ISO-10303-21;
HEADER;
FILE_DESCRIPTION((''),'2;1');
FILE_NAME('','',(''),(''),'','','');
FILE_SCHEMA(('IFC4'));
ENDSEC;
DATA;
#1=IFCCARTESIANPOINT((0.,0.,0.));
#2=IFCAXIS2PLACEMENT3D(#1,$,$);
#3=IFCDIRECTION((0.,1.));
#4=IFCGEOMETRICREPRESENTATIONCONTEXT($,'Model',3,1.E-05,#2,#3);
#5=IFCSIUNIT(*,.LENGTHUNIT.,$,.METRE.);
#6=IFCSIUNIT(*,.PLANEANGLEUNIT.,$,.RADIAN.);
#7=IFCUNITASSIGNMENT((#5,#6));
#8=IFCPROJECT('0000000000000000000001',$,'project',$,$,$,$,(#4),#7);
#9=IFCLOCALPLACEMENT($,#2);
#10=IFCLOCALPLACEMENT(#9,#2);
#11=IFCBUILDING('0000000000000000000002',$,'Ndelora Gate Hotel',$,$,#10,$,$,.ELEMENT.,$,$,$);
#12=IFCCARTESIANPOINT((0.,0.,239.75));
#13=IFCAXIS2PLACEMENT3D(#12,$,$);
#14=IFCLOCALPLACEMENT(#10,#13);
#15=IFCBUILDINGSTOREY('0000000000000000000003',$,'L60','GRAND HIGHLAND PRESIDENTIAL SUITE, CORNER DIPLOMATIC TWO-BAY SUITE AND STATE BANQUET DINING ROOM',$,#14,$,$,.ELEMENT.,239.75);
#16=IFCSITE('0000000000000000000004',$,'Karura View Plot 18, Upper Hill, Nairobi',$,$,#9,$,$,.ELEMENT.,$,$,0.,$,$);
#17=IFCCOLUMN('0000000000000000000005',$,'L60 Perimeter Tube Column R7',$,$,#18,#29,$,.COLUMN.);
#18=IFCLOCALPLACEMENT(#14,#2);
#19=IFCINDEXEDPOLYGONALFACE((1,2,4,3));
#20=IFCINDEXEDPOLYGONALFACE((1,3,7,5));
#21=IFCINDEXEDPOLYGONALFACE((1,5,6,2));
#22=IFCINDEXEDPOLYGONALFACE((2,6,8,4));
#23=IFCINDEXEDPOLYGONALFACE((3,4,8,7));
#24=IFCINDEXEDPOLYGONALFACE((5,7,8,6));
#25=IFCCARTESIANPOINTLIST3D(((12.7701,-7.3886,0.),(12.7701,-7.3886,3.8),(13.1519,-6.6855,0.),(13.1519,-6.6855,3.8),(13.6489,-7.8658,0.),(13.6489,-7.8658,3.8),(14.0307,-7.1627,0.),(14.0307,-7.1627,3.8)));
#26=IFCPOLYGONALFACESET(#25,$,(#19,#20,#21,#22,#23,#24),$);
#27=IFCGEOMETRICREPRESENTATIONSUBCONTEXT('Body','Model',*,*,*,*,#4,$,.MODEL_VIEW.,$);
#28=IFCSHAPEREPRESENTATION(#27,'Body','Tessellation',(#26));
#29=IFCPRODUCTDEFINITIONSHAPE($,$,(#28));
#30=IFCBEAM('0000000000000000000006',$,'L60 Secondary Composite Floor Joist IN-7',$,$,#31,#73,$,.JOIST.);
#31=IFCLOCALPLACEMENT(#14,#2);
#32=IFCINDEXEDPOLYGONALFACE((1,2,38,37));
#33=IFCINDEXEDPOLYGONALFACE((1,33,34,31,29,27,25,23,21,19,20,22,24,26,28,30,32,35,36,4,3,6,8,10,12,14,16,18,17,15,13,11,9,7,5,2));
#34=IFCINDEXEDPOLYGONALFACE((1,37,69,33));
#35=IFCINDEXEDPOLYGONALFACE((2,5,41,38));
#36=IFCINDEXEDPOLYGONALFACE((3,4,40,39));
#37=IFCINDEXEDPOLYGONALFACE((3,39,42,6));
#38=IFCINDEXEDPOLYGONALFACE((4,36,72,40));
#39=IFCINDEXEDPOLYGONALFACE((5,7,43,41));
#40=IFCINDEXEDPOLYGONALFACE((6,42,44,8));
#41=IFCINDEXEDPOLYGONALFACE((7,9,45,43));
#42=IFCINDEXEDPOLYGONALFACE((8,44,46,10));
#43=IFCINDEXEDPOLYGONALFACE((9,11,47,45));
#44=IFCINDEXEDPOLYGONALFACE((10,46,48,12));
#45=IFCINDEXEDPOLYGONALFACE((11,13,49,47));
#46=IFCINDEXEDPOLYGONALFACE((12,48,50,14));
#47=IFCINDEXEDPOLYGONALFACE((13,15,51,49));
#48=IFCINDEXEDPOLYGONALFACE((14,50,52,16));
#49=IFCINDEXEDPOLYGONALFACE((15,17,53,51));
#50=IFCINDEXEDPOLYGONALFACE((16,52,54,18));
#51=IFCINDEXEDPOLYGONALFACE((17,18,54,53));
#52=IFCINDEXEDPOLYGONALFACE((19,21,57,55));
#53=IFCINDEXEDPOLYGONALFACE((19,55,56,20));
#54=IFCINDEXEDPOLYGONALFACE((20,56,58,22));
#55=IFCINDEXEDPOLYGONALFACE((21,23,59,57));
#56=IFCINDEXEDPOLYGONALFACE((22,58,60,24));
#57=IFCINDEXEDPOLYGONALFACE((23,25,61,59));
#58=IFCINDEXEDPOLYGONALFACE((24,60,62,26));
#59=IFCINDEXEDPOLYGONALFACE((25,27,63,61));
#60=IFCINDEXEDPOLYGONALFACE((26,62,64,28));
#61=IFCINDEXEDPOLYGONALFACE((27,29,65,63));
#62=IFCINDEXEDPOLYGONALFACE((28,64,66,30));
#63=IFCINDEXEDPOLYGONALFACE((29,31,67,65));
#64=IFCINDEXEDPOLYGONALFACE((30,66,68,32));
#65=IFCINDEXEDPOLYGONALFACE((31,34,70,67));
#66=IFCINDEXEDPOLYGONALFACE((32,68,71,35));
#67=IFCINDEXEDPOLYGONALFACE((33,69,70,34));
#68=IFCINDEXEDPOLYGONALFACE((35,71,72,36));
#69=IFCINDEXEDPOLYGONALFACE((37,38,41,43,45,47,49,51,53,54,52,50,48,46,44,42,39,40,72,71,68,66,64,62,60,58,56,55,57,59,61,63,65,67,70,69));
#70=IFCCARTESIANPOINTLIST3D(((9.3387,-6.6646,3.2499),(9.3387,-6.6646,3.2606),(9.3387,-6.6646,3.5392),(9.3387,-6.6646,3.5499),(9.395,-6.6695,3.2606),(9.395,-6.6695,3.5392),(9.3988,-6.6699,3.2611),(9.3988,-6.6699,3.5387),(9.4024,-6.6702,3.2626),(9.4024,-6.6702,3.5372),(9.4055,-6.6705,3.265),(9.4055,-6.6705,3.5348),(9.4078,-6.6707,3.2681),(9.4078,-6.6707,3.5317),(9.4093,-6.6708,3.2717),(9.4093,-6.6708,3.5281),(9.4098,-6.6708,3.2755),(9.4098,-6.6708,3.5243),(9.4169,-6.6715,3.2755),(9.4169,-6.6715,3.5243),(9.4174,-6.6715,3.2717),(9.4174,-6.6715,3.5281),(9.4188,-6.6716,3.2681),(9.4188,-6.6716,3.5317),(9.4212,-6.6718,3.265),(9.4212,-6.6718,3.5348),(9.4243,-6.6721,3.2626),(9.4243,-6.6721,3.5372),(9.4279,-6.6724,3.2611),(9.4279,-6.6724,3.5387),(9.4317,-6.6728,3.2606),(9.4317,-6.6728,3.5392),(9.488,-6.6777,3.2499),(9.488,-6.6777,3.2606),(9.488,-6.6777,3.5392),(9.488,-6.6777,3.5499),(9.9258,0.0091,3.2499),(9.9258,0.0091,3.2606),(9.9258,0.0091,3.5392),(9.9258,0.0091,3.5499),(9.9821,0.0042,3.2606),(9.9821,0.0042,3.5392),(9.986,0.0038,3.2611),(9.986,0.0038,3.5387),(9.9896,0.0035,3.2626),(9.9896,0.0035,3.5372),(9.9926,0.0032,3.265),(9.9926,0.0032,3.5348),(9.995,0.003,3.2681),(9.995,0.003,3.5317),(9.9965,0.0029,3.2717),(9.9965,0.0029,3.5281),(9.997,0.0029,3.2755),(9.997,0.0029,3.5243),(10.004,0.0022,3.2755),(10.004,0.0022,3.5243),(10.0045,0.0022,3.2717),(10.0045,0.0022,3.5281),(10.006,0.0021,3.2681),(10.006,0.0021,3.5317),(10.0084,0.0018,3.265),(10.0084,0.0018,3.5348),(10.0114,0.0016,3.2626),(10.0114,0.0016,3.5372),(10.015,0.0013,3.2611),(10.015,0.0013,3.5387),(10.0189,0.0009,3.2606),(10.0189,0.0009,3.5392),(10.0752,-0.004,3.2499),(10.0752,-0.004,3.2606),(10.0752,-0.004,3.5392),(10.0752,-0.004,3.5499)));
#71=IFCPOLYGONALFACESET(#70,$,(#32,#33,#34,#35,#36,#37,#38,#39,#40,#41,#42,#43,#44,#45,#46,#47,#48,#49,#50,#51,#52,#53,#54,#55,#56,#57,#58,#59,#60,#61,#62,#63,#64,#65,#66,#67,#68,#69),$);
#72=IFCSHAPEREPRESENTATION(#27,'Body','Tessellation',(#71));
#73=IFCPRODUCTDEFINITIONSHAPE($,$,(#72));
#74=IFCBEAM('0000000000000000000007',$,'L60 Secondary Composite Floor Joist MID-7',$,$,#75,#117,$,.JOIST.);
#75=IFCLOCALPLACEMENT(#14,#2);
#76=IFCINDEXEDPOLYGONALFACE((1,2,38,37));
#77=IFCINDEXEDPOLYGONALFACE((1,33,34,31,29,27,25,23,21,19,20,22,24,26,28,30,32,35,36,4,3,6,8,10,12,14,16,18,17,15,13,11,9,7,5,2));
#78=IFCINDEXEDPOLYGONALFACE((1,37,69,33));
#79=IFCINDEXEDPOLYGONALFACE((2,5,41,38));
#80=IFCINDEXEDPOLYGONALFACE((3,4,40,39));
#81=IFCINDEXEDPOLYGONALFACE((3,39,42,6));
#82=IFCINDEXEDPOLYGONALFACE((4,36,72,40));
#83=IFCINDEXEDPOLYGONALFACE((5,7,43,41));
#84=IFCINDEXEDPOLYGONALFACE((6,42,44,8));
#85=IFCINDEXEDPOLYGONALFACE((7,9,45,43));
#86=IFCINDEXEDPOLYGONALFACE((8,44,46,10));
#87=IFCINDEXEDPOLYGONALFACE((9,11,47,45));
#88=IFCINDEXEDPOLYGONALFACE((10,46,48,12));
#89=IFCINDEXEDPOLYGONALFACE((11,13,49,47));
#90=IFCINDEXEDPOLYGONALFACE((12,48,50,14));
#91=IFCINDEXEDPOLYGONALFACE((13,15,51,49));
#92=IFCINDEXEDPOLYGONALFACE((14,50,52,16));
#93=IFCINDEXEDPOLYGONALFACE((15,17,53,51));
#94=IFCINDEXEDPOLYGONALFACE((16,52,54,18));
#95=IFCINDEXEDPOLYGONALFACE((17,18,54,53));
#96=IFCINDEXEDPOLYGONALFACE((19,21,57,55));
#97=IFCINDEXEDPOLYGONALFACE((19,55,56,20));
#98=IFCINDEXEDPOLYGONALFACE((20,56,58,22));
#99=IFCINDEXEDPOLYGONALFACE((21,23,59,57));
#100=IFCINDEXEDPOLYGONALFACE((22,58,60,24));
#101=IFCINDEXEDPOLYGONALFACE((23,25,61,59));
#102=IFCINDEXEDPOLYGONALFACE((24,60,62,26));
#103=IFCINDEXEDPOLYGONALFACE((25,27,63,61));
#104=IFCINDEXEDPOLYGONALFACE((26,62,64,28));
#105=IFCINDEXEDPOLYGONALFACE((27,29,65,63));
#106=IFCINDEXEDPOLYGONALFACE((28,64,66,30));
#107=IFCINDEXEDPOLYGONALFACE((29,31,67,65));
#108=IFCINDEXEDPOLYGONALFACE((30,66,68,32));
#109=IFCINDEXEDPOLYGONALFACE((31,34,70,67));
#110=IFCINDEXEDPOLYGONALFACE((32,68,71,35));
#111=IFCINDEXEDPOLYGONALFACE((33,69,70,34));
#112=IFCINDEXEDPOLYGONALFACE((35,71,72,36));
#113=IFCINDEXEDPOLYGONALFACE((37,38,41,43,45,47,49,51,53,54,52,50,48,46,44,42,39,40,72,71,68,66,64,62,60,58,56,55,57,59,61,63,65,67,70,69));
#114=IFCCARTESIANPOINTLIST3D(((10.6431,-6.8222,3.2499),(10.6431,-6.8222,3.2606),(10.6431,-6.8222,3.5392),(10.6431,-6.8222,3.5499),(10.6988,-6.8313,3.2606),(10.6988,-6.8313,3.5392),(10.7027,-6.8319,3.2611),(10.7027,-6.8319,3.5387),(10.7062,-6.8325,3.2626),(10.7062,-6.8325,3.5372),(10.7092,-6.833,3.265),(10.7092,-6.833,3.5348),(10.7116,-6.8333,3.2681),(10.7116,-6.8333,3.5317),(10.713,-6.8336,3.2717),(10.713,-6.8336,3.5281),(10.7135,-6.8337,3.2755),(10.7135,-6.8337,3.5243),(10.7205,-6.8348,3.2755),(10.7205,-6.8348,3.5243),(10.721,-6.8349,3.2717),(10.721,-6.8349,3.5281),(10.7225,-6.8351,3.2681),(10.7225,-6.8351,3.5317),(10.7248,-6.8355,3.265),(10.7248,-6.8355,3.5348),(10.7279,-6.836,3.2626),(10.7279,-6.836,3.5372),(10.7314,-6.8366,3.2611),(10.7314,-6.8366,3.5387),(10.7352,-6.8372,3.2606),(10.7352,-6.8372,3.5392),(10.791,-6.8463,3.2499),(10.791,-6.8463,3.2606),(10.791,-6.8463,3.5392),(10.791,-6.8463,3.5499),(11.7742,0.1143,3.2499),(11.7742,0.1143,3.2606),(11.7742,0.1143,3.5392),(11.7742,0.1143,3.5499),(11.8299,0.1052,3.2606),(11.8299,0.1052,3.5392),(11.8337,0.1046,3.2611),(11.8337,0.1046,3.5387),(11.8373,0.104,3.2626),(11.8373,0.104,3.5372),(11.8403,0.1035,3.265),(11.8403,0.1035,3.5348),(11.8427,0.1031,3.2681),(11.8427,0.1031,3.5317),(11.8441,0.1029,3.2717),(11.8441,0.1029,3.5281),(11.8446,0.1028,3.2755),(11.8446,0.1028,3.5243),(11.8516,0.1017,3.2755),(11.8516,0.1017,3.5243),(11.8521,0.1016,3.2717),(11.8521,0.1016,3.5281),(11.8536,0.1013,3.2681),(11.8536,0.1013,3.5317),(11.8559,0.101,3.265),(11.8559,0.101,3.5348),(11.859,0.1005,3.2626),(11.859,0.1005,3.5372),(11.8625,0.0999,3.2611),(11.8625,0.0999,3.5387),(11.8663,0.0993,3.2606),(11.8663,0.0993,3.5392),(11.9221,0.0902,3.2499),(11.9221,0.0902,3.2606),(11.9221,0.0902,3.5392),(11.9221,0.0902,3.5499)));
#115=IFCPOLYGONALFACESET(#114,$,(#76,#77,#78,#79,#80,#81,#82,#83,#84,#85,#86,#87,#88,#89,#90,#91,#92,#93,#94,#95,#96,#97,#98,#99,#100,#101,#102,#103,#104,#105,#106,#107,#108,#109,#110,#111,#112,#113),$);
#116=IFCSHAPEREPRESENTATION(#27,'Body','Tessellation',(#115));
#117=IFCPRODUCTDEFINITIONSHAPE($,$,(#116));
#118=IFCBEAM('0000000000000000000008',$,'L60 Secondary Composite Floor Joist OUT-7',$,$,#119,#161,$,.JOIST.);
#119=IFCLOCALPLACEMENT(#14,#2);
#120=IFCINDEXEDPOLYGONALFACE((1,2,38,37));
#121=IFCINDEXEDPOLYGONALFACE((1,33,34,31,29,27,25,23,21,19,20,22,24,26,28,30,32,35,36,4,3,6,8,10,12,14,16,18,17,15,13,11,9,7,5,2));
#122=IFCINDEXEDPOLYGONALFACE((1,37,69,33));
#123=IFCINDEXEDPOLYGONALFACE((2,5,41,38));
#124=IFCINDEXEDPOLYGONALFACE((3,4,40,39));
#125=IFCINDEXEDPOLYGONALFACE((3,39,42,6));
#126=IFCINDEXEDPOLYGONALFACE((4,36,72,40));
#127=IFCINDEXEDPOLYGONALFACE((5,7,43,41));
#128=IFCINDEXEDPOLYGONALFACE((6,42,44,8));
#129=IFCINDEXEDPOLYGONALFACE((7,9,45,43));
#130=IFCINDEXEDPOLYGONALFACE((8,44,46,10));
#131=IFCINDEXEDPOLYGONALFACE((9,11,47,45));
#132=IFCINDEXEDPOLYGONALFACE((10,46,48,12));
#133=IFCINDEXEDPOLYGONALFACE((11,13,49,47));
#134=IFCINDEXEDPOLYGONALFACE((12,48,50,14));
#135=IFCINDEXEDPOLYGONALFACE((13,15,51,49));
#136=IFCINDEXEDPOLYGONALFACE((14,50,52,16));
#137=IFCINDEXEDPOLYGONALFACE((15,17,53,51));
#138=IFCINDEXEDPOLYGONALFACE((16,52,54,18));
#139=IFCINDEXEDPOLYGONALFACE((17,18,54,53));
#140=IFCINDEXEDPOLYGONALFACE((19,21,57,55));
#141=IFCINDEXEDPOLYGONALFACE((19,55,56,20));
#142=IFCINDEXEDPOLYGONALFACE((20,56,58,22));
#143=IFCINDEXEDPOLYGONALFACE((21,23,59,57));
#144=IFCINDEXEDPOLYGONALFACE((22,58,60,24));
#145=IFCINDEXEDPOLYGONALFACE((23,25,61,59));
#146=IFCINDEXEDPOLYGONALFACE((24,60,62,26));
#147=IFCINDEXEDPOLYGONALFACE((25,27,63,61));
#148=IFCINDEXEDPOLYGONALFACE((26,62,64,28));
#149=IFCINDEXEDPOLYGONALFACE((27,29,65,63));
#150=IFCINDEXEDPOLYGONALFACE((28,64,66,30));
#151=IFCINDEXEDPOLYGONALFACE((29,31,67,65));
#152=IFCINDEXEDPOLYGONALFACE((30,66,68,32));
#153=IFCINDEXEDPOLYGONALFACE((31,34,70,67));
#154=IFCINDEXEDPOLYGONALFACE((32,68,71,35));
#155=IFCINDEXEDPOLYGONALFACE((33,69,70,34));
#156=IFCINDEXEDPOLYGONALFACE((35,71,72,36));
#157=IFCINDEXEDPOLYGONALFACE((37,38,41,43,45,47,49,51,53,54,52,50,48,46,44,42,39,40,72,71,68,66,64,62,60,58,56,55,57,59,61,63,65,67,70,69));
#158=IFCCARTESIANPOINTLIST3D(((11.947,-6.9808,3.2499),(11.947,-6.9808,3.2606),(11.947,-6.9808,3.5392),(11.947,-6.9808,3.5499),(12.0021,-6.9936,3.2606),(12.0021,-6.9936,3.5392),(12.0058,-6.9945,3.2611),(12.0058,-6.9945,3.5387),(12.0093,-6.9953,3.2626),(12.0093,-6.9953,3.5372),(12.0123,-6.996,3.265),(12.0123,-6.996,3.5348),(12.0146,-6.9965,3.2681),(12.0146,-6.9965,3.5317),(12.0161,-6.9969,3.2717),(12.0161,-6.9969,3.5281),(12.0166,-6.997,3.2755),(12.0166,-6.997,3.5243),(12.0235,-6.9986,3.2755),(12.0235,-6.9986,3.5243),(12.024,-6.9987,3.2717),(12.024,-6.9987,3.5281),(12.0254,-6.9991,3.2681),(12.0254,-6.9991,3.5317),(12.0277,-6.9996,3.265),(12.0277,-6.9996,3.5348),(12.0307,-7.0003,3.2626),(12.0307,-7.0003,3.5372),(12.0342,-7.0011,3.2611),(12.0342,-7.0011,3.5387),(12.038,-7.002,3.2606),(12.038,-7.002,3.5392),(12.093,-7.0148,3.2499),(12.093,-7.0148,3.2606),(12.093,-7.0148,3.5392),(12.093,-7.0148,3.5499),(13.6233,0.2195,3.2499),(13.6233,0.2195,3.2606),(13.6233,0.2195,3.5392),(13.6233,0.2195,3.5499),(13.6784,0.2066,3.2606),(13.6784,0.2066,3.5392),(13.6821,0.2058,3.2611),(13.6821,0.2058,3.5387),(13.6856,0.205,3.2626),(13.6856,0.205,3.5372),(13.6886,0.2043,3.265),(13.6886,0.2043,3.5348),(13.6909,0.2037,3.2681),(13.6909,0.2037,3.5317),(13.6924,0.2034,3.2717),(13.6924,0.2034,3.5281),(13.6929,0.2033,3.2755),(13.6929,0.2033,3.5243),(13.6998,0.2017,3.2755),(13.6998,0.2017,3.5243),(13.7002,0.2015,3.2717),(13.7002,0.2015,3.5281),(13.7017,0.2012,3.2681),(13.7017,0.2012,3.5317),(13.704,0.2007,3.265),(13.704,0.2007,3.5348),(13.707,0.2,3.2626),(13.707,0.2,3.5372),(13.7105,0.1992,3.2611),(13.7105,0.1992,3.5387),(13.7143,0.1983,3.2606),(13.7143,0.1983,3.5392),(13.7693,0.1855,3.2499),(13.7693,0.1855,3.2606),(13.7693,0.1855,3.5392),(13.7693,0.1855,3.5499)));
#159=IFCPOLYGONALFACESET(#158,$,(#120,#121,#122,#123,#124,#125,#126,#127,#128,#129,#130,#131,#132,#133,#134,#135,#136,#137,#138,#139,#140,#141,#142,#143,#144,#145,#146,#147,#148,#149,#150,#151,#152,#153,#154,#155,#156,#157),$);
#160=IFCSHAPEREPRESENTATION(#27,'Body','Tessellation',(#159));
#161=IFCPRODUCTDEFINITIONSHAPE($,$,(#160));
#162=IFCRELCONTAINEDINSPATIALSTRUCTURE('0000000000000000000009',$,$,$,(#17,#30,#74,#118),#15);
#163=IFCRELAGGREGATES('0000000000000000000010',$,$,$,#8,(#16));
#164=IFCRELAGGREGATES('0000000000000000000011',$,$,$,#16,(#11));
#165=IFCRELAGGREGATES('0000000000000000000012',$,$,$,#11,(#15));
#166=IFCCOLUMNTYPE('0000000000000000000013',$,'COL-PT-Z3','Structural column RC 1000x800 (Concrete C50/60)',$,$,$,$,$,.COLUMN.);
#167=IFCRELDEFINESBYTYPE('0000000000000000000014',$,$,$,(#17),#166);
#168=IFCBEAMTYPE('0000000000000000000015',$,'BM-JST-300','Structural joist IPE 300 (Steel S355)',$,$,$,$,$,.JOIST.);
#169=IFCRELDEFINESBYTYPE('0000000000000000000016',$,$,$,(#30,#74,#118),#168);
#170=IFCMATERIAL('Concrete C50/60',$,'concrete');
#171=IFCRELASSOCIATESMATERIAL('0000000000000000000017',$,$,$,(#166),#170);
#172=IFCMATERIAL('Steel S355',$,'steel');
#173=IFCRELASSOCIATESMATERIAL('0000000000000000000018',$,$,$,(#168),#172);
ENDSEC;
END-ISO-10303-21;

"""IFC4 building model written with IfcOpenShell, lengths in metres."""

from ifc_helpers import new_model, si_unit, direction, frame, origin, origin_2d, place, context, subcontext, project, spatial, rectangle, i_section, extrude, material, material_profile, profile_set, type_object, element, save


model = new_model("IFC4")

# Units and contexts
model_context = context("Model", 3, precision=1e-05, world=origin(), true_north=direction((0.0, 1.0)))
body_context = subcontext(model_context, "Body", "Model", "MODEL_VIEW")
ifc_project = project(units=[si_unit("LENGTHUNIT", "METRE"), si_unit("PLANEANGLEUNIT", "RADIAN")], contexts=[model_context])

# Site, building, storey
site_placement = place(None, origin())
site = spatial("IfcSite", under=ifc_project, at=site_placement, Name="Karura View Plot 18, Upper Hill, Nairobi", CompositionType="ELEMENT", RefElevation=0.0)
building_placement = place(site_placement, origin())
building = spatial("IfcBuilding", under=site, at=building_placement, Name="Ndelora Gate Hotel", CompositionType="ELEMENT")
storey_placement = place(building_placement, frame((0.0, 0.0, 239.75)))
storey = spatial("IfcBuildingStorey", under=building, at=storey_placement, Name="L60", Description="GRAND HIGHLAND PRESIDENTIAL SUITE, CORNER DIPLOMATIC TWO-BAY SUITE AND STATE BANQUET DINING ROOM", CompositionType="ELEMENT", Elevation=239.75)

# Column
ifc_material_1 = material(Name="Concrete C50/60", Category="concrete")
ifc_material_profile_1 = material_profile(ifc_material_1, rectangle(XDim=0.8, YDim=1.0, at=origin_2d()), Name="RC 1000x800")
ifc_profile_set_1 = profile_set([ifc_material_profile_1], Name="Concrete C50/60")
column_type = type_object("IfcColumnType", Name="COL-PT-Z3", Description="Structural column RC 1000x800 (Concrete C50/60)", PredefinedType="COLUMN", material=ifc_profile_set_1)
column_placement = place(storey_placement, frame((13.4004, -7.2756, 0.0), z_axis=(0.0, 0.0, 1.0), x_axis=(0.477159, 0.878817, 0.0)))
element("IfcColumn", 1, at=column_placement, inside=storey, type_object=column_type, Name="L60 Perimeter Tube Column R7", PredefinedType="COLUMN", context=body_context, shape_type="SweptSolid", body=[
    extrude(rectangle(XDim=0.8, YDim=1.0, at=origin_2d()), origin(), (0.0, 0.0, 1.0), 3.8),
])

# Beams
ifc_material_2 = material(Name="Steel S355", Category="steel")
ifc_material_profile_2 = material_profile(ifc_material_2, i_section(OverallWidth=0.1499, OverallDepth=0.3, WebThickness=0.0071, FlangeThickness=0.0107, FilletRadius=0.0149, at=origin_2d()), Name="IPE 300")
ifc_profile_set_2 = profile_set([ifc_material_profile_2], Name="Steel S355")
beam_type_1 = type_object("IfcBeamType", Name="BM-JST-300", Description="Structural joist IPE 300 (Steel S355)", PredefinedType="JOIST", material=ifc_profile_set_2)
beam_1_placement = place(storey_placement, frame((9.4133, -6.6711, 3.3999), z_axis=(0.087644, 0.996152, 0.0), x_axis=(-0.996152, 0.087644, 0.0)))
element("IfcBeam", 2, at=beam_1_placement, inside=storey, type_object=beam_type_1, Name="L60 Secondary Composite Floor Joist IN-7", PredefinedType="JOIST", context=body_context, shape_type="SweptSolid", body=[
    extrude(i_section(OverallWidth=0.1499, OverallDepth=0.3, WebThickness=0.0071, FlangeThickness=0.0107, FilletRadius=0.0149, at=origin_2d()), origin(), (0.0, 0.0, 1.0), 6.6995),
])
beam_2_placement = place(storey_placement, frame((10.717, -6.8342, 3.3999), z_axis=(0.160939, 0.986964, 0.0), x_axis=(-0.986964, 0.160939, 0.0)))
element("IfcBeam", 3, at=beam_2_placement, inside=storey, type_object=beam_type_1, Name="L60 Secondary Composite Floor Joist MID-7", PredefinedType="JOIST", context=body_context, shape_type="SweptSolid", body=[
    extrude(i_section(OverallWidth=0.1499, OverallDepth=0.3, WebThickness=0.0071, FlangeThickness=0.0107, FilletRadius=0.0149, at=origin_2d()), origin(), (0.0, 0.0, 1.0), 7.0281),
])
beam_3_placement = place(storey_placement, frame((12.02, -6.9978, 3.3999), z_axis=(0.226745, 0.973954, 0.0), x_axis=(-0.973954, 0.226745, 0.0)))
element("IfcBeam", 4, at=beam_3_placement, inside=storey, type_object=beam_type_1, Name="L60 Secondary Composite Floor Joist OUT-7", PredefinedType="JOIST", context=body_context, shape_type="SweptSolid", body=[
    extrude(i_section(OverallWidth=0.1499, OverallDepth=0.3, WebThickness=0.0071, FlangeThickness=0.0107, FilletRadius=0.0149, at=origin_2d()), origin(), (0.0, 0.0, 1.0), 7.3928),
])

save(model, "model.ifc")
